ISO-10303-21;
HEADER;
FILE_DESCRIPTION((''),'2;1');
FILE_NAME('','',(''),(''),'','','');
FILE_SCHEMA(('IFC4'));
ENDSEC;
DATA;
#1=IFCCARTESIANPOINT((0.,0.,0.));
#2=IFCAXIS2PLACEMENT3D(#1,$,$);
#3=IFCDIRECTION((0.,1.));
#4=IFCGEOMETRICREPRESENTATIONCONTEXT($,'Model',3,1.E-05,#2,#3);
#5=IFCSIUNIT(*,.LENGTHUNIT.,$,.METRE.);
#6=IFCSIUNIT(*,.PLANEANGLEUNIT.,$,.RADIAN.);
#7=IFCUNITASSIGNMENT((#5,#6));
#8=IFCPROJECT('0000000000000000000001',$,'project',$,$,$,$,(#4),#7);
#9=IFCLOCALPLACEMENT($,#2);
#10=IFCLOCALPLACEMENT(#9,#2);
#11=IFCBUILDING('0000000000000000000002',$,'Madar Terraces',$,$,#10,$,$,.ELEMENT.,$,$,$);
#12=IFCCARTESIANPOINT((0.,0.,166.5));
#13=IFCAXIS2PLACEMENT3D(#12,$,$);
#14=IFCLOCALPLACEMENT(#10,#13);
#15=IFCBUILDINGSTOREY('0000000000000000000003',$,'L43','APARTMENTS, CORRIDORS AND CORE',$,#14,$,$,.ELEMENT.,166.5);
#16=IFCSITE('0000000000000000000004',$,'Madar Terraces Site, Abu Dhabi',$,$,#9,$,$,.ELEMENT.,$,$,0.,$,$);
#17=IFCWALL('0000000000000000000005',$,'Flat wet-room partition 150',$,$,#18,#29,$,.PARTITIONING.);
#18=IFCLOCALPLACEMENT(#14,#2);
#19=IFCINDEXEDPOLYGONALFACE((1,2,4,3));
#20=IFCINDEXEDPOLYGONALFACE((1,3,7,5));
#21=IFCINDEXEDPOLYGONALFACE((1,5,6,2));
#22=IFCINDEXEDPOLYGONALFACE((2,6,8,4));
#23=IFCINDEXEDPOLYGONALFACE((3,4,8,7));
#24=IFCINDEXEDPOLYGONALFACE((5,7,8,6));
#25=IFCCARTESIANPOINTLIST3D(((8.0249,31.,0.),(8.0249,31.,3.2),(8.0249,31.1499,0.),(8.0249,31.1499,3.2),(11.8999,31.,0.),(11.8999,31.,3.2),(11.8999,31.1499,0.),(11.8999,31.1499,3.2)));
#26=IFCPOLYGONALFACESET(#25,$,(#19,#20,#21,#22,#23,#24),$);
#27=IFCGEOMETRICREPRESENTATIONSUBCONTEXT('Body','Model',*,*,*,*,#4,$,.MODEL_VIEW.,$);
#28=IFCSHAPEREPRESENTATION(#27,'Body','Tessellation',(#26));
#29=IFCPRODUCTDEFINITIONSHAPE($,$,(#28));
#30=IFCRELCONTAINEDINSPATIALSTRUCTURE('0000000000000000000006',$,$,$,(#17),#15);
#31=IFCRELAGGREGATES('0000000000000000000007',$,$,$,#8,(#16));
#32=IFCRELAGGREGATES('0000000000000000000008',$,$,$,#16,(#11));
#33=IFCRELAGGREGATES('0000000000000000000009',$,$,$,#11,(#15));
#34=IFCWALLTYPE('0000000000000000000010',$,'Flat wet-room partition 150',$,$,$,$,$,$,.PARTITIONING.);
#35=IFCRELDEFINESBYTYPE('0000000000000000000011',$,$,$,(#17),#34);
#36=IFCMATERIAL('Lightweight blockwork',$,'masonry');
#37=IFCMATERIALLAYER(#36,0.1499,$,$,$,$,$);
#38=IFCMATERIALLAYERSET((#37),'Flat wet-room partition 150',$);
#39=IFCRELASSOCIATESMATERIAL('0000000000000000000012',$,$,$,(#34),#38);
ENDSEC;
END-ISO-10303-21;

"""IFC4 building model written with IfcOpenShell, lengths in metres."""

from ifc_helpers import new_model, si_unit, direction, frame, frame_2d, origin, place, context, subcontext, project, spatial, rectangle, extrude, material, layer, layer_set, type_object, element, save


model = new_model("IFC4")

# Units and contexts
model_context = context("Model", 3, precision=1e-05, world=origin(), true_north=direction((0.0, 1.0)))
body_context = subcontext(model_context, "Body", "Model", "MODEL_VIEW")
ifc_project = project(units=[si_unit("LENGTHUNIT", "METRE"), si_unit("PLANEANGLEUNIT", "RADIAN")], contexts=[model_context])

# Site, building, storey
site_placement = place(None, origin())
site = spatial("IfcSite", under=ifc_project, at=site_placement, Name="Madar Terraces Site, Abu Dhabi", CompositionType="ELEMENT", RefElevation=0.0)
building_placement = place(site_placement, origin())
building = spatial("IfcBuilding", under=site, at=building_placement, Name="Madar Terraces", CompositionType="ELEMENT")
storey_placement = place(building_placement, frame((0.0, 0.0, 166.5)))
storey = spatial("IfcBuildingStorey", under=building, at=storey_placement, Name="L43", Description="APARTMENTS, CORRIDORS AND CORE", CompositionType="ELEMENT", Elevation=166.5)

# Wall
ifc_material_1 = material(Name="Lightweight blockwork", Category="masonry")
ifc_layer_1 = layer(ifc_material_1, 0.1499)
ifc_layer_set_1 = layer_set([ifc_layer_1], Name="Flat wet-room partition 150")
wall_type_1 = type_object("IfcWallType", Name="Flat wet-room partition 150", PredefinedType="PARTITIONING", material=ifc_layer_set_1)
wall_1_placement = place(storey_placement, frame((11.8999, 31.075, 0.0), z_axis=(0.0, 0.0, 1.0), x_axis=(-1.0, 0.0, 0.0)))
element("IfcWall", 1, at=wall_1_placement, inside=storey, type_object=wall_type_1, Name="Flat wet-room partition 150", PredefinedType="PARTITIONING", context=body_context, shape_type="SweptSolid", body=[
    extrude(rectangle(XDim=3.875, YDim=0.1499, at=frame_2d((1.9375, 0.0))), origin(), (0.0, 0.0, 1.0), 3.2),
])

save(model, "model.ifc")
